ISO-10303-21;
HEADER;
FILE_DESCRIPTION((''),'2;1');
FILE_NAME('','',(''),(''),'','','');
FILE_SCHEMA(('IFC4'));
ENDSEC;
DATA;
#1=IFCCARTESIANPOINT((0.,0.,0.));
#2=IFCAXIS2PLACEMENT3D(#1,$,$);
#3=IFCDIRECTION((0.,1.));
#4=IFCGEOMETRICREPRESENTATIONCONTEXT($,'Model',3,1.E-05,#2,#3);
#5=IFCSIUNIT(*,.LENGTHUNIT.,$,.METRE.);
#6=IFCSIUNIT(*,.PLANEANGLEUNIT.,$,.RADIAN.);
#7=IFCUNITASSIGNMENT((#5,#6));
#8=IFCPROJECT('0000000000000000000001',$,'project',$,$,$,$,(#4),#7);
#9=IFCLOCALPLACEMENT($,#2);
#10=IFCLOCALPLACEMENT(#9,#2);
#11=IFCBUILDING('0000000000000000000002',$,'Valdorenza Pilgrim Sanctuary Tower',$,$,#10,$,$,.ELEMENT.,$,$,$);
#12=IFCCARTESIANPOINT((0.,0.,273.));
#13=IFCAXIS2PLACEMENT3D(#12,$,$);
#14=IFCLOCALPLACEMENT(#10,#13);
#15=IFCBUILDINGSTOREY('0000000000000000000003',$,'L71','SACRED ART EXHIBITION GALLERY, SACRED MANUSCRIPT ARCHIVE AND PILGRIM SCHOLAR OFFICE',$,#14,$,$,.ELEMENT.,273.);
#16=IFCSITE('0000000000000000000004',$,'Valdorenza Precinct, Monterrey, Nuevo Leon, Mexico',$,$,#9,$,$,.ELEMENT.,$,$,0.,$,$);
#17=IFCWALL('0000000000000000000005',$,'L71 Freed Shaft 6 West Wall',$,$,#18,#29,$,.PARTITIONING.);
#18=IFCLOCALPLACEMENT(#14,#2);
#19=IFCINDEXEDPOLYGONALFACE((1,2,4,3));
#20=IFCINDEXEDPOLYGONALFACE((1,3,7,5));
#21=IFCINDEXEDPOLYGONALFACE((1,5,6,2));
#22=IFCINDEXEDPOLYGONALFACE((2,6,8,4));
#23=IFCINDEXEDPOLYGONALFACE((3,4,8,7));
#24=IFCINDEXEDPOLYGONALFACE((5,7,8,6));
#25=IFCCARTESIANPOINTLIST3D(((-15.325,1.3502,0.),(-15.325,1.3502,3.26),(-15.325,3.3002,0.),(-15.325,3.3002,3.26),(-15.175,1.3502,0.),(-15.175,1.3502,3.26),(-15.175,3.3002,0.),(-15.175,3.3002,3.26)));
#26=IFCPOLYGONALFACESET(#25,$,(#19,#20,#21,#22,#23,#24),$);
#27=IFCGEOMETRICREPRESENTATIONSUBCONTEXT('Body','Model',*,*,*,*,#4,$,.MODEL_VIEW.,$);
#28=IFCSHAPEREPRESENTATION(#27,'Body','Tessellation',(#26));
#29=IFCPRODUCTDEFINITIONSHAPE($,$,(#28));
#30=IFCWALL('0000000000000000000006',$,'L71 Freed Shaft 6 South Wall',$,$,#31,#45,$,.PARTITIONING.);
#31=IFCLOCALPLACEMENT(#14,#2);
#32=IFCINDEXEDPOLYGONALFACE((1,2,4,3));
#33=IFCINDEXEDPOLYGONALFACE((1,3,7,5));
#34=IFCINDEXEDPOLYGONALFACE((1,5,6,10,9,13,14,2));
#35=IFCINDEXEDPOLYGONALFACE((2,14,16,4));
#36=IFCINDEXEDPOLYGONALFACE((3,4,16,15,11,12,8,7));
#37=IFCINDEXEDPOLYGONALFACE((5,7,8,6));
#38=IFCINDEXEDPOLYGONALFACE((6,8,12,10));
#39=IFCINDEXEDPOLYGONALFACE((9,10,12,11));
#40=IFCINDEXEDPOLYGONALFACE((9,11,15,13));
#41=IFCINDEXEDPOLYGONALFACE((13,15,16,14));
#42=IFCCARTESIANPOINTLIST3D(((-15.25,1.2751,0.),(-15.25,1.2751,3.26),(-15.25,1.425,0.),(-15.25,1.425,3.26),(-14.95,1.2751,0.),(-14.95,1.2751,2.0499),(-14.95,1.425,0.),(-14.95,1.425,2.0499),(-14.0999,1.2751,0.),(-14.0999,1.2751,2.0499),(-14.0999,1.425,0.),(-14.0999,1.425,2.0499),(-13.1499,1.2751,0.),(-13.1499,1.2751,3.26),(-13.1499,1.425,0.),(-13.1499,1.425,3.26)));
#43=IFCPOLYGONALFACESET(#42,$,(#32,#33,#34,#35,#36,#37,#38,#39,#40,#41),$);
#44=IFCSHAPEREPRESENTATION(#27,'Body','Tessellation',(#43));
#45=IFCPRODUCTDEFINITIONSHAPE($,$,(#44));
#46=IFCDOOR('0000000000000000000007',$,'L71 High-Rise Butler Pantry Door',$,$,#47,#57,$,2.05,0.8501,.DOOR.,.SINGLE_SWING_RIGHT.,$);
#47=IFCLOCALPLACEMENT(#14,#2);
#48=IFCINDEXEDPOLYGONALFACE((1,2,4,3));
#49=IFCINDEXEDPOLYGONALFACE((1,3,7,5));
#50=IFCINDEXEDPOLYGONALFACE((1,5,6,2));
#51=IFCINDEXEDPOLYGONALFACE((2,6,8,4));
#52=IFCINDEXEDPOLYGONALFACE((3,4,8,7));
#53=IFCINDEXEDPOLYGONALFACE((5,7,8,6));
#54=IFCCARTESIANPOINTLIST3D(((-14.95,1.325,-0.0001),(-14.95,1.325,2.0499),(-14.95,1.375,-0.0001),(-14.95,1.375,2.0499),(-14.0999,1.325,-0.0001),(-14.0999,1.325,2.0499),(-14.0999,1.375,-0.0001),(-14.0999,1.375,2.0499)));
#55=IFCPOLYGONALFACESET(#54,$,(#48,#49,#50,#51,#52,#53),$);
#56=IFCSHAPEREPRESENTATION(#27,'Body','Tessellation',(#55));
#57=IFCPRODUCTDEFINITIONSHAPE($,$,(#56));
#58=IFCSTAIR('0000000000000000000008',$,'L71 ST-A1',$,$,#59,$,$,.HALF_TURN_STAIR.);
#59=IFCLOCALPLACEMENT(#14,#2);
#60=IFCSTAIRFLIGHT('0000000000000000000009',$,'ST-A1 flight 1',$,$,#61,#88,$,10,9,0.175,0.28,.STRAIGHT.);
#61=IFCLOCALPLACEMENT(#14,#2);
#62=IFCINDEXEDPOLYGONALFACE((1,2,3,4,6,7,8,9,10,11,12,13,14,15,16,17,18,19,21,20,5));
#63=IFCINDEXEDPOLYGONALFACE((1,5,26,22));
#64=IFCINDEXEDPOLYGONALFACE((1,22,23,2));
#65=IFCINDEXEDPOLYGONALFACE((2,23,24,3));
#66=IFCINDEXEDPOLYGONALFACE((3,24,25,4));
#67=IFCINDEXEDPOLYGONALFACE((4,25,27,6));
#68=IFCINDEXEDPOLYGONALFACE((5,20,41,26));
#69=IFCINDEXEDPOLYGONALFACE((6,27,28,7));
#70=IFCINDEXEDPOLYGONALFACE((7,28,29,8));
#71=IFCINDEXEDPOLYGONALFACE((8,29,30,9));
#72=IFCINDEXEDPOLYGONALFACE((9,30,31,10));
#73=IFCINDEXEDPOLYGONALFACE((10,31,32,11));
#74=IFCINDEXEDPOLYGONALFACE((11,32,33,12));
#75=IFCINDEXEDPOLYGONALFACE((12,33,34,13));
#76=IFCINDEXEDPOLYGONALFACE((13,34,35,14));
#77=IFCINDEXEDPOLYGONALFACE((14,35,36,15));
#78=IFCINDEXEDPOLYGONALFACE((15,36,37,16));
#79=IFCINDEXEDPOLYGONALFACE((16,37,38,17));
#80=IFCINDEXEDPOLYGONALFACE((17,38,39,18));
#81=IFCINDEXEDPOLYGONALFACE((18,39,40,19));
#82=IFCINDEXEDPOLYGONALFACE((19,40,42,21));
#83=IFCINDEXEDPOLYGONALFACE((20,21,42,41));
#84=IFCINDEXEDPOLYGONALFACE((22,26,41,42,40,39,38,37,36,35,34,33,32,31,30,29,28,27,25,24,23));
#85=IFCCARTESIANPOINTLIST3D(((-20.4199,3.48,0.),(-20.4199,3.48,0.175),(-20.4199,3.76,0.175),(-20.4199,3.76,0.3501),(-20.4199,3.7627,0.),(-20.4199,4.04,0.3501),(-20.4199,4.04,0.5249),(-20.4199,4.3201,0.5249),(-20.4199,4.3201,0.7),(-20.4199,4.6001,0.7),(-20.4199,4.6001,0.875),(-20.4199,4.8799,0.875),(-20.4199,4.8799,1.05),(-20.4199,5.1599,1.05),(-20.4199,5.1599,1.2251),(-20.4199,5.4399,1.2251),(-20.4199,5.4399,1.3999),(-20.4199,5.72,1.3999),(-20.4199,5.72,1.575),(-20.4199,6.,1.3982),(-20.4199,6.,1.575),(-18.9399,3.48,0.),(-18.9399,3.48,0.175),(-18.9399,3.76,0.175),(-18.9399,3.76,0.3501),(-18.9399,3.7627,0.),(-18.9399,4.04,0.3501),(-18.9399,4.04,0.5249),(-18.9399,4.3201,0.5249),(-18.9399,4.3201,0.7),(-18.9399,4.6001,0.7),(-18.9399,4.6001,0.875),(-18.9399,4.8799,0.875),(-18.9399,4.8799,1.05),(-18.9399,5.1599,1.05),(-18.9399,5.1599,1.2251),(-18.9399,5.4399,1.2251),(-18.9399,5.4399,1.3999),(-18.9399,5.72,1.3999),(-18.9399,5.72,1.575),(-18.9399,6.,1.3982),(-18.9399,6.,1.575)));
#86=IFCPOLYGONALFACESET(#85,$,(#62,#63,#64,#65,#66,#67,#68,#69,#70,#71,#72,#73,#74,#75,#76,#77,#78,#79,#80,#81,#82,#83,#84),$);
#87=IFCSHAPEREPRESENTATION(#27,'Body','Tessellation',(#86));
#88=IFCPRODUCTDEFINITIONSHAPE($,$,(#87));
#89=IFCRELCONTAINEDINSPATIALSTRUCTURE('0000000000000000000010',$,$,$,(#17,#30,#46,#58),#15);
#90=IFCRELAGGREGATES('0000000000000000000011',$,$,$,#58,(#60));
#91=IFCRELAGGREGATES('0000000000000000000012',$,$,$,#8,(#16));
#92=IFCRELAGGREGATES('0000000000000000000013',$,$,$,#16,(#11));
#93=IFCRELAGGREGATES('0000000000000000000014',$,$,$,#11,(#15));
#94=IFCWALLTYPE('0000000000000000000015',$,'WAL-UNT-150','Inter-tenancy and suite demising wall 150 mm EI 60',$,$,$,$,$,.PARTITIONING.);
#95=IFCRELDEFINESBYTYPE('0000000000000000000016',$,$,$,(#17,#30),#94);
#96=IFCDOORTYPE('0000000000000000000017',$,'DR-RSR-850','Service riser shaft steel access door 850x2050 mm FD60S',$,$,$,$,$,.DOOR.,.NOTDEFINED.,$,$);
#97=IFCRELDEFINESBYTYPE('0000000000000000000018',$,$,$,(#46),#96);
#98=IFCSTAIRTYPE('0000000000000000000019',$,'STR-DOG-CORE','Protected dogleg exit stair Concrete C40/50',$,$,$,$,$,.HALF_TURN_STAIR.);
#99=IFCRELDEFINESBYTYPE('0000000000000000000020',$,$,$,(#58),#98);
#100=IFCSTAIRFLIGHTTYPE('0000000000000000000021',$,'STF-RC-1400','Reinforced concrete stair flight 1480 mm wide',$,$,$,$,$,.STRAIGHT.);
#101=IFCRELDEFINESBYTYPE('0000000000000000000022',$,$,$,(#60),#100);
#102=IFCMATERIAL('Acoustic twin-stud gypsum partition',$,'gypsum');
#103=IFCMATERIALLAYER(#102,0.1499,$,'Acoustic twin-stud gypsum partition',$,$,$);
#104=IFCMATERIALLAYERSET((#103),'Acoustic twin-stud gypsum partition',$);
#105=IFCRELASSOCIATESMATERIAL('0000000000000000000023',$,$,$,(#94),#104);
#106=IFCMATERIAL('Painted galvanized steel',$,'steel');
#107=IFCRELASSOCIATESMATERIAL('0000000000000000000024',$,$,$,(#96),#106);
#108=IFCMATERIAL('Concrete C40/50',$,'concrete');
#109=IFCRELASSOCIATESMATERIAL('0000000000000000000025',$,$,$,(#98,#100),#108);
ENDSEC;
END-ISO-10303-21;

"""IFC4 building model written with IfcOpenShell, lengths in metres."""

from ifc_helpers import new_model, si_unit, direction, frame, frame_2d, origin, place, context, subcontext, project, spatial, polyline, rectangle, outline, extrude, material, layer, layer_set, type_object, element, fill, aggregate, save


model = new_model("IFC4")

# Units and contexts
model_context = context("Model", 3, precision=1e-05, world=origin(), true_north=direction((0.0, 1.0)))
body_context = subcontext(model_context, "Body", "Model", "MODEL_VIEW")
ifc_project = project(units=[si_unit("LENGTHUNIT", "METRE"), si_unit("PLANEANGLEUNIT", "RADIAN")], contexts=[model_context])

# Site, building, storey
site_placement = place(None, origin())
site = spatial("IfcSite", under=ifc_project, at=site_placement, Name="Valdorenza Precinct, Monterrey, Nuevo Leon, Mexico", CompositionType="ELEMENT", RefElevation=0.0)
building_placement = place(site_placement, origin())
building = spatial("IfcBuilding", under=site, at=building_placement, Name="Valdorenza Pilgrim Sanctuary Tower", CompositionType="ELEMENT")
storey_placement = place(building_placement, frame((0.0, 0.0, 273.0)))
storey = spatial("IfcBuildingStorey", under=building, at=storey_placement, Name="L71", Description="SACRED ART EXHIBITION GALLERY, SACRED MANUSCRIPT ARCHIVE AND PILGRIM SCHOLAR OFFICE", CompositionType="ELEMENT", Elevation=273.0)

# Shared definitions
ifc_material_1 = material(Name="Acoustic twin-stud gypsum partition", Category="gypsum")

# Wall
ifc_material_2 = material(Name="Concrete C40/50", Category="concrete")
ifc_layer_1 = layer(ifc_material_1, 0.1499, Name="Acoustic twin-stud gypsum partition")
ifc_layer_set_1 = layer_set([ifc_layer_1], Name="Acoustic twin-stud gypsum partition")
wall_type_1 = type_object("IfcWallType", Name="WAL-UNT-150", Description="Inter-tenancy and suite demising wall 150 mm EI 60", PredefinedType="PARTITIONING", material=ifc_layer_set_1)
wall_1_placement = place(storey_placement, frame((-15.25, 1.3501, 0.0), z_axis=(0.0, 0.0, 1.0), x_axis=(0.0, 1.0, 0.0)))
element("IfcWall", 1, at=wall_1_placement, inside=storey, type_object=wall_type_1, Name="L71 Freed Shaft 6 West Wall", PredefinedType="PARTITIONING", context=body_context, shape_type="SweptSolid", body=[
    extrude(rectangle(XDim=1.95, YDim=0.1499, at=frame_2d((0.9751, 0.0))), origin(), (0.0, 0.0, 1.0), 3.26),
])

# Wall, opening, door
wall_2_placement = place(storey_placement, frame((-15.25, 1.3501, 0.0), z_axis=(0.0, 0.0, 1.0), x_axis=(1.0, 0.0, 0.0)))
wall_2 = element("IfcWall", 2, at=wall_2_placement, inside=storey, type_object=wall_type_1, Name="L71 Freed Shaft 6 South Wall", PredefinedType="PARTITIONING", context=body_context, shape_type="SweptSolid", body=[
    extrude(rectangle(XDim=2.1001, YDim=0.1499, at=frame_2d((1.05, 0.0))), origin(), (0.0, 0.0, 1.0), 3.26),
])
opening_1_placement = place(wall_2_placement, frame((0.3, 0.0, 0.0)))
opening_1 = element("IfcOpeningElement", 3, at=opening_1_placement, cuts=wall_2, PredefinedType="OPENING", context=body_context, shape_type="SweptSolid", body=[
    extrude(rectangle(XDim=0.8501, YDim=2.05, at=frame_2d((0.425, 1.0249))), frame((0.0, 0.0898, 0.0), z_axis=(0.0, -1.0, 0.0), x_axis=(1.0, 0.0, 0.0)), (0.0, 0.0, 1.0), 0.1797),
])
ifc_material_3 = material(Name="Painted galvanized steel", Category="steel")
door_type_1 = type_object("IfcDoorType", Name="DR-RSR-850", Description="Service riser shaft steel access door 850x2050 mm FD60S", OperationType="NOTDEFINED", PredefinedType="DOOR", material=ifc_material_3)
door_1_placement = place(opening_1_placement, origin())
door_1 = element("IfcDoor", 4, at=door_1_placement, inside=storey, type_object=door_type_1, Name="L71 High-Rise Butler Pantry Door", OperationType="SINGLE_SWING_RIGHT", OverallHeight=2.05, OverallWidth=0.8501, PredefinedType="DOOR", context=body_context, shape_type="SweptSolid", body=[
    extrude(rectangle(XDim=0.8501, YDim=2.05, at=frame_2d((0.425, 1.0249))), frame((0.0, 0.0249, 0.0), z_axis=(0.0, -1.0, 0.0), x_axis=(1.0, 0.0, 0.0)), (0.0, 0.0, 1.0), 0.05),
])
fill(opening_1, door_1)

# Stair, stair flight
stair_type = type_object("IfcStairType", Name="STR-DOG-CORE", Description="Protected dogleg exit stair Concrete C40/50", PredefinedType="HALF_TURN_STAIR", material=ifc_material_2)
stair_placement = place(storey_placement, origin())
stair = element("IfcStair", 5, at=stair_placement, inside=storey, type_object=stair_type, Name="L71 ST-A1", PredefinedType="HALF_TURN_STAIR")
stair_flight_type = type_object("IfcStairFlightType", Name="STF-RC-1400", Description="Reinforced concrete stair flight 1480 mm wide", PredefinedType="STRAIGHT", material=ifc_material_2)
stair_flight_placement = place(storey_placement, frame((-19.6799, 3.48, 0.0), z_axis=(0.0, 0.0, 1.0), x_axis=(0.0, 1.0, 0.0)))
stair_flight = element("IfcStairFlight", 6, at=stair_flight_placement, type_object=stair_flight_type, Name="ST-A1 flight 1", NumberOfRisers=10, NumberOfTreads=9, PredefinedType="STRAIGHT", RiserHeight=0.175, TreadLength=0.28, context=body_context, shape_type="SweptSolid", body=[
    extrude(outline(polyline([(0.0, 0.0), (0.0, 0.175), (0.28, 0.175), (0.28, 0.3501), (0.5601, 0.3501), (0.5601, 0.5249), (0.8401, 0.5249), (0.8401, 0.7), (1.1201, 0.7), (1.1201, 0.875), (1.3999, 0.875), (1.3999, 1.05), (1.6799, 1.05), (1.6799, 1.2251), (1.96, 1.2251), (1.96, 1.3999), (2.24, 1.3999), (2.24, 1.575), (2.52, 1.575), (2.52, 1.75), (2.52, 1.3982), (0.2827, 0.0), (0.0, 0.0)])), frame((0.0, 0.74, 0.0), z_axis=(0.0, -1.0, 0.0), x_axis=(1.0, 0.0, 0.0)), (0.0, 0.0, 1.0), 1.48),
])
aggregate(stair, [stair_flight])

save(model, "model.ifc")
